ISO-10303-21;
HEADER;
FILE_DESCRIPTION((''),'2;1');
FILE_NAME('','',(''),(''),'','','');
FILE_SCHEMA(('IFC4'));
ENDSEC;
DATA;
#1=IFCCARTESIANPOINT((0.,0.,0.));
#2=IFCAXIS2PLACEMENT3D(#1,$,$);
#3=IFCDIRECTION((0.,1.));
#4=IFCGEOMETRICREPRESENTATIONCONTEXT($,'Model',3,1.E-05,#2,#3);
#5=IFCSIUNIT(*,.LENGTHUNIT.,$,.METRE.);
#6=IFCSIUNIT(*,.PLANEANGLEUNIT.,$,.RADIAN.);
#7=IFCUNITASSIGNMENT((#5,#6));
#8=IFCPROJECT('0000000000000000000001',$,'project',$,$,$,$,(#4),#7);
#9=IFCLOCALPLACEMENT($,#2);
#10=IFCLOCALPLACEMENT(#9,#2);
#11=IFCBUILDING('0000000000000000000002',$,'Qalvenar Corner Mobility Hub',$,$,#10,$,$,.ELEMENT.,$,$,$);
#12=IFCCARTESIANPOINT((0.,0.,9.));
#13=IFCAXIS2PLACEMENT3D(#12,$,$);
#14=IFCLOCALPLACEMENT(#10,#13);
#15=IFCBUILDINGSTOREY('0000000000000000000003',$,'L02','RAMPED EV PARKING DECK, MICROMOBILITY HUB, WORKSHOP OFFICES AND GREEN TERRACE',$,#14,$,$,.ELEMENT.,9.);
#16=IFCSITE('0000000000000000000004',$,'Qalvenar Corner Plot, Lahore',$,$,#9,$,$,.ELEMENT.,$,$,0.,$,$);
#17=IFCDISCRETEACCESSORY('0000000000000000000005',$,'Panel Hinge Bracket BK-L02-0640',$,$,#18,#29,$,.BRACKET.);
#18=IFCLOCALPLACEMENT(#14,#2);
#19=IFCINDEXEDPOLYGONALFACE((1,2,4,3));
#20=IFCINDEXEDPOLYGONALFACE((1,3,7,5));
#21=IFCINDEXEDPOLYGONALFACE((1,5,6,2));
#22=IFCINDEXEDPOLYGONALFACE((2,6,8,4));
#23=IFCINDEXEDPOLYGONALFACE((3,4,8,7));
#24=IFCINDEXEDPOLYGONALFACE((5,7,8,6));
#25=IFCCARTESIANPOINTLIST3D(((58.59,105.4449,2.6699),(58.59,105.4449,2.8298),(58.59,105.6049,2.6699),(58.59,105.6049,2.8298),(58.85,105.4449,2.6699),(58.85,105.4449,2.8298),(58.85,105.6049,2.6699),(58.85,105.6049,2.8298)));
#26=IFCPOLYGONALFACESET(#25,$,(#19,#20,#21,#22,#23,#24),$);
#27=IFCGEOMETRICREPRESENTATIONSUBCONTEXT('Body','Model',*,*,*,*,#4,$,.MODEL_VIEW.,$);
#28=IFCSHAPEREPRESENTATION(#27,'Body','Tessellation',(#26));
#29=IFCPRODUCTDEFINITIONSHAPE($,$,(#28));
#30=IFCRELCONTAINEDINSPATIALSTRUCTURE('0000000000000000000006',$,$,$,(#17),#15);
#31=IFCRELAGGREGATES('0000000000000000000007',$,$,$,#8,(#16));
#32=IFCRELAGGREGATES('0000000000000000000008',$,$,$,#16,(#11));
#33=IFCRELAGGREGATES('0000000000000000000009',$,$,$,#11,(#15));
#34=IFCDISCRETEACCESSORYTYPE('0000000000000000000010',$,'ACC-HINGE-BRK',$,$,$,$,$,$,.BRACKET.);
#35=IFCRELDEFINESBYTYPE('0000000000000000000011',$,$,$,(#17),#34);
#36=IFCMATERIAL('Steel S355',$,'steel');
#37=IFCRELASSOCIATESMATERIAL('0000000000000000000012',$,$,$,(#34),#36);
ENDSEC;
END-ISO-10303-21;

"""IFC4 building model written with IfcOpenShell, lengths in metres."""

from ifc_helpers import new_model, si_unit, direction, frame, origin, origin_2d, place, context, subcontext, project, spatial, rectangle, extrude, material, type_object, element, save


model = new_model("IFC4")

# Units and contexts
model_context = context("Model", 3, precision=1e-05, world=origin(), true_north=direction((0.0, 1.0)))
body_context = subcontext(model_context, "Body", "Model", "MODEL_VIEW")
ifc_project = project(units=[si_unit("LENGTHUNIT", "METRE"), si_unit("PLANEANGLEUNIT", "RADIAN")], contexts=[model_context])

# Site, building, storey
site_placement = place(None, origin())
site = spatial("IfcSite", under=ifc_project, at=site_placement, Name="Qalvenar Corner Plot, Lahore", CompositionType="ELEMENT", RefElevation=0.0)
building_placement = place(site_placement, origin())
building = spatial("IfcBuilding", under=site, at=building_placement, Name="Qalvenar Corner Mobility Hub", CompositionType="ELEMENT")
storey_placement = place(building_placement, frame((0.0, 0.0, 9.0)))
storey = spatial("IfcBuildingStorey", under=building, at=storey_placement, Name="L02", Description="RAMPED EV PARKING DECK, MICROMOBILITY HUB, WORKSHOP OFFICES AND GREEN TERRACE", CompositionType="ELEMENT", Elevation=9.0)

# Shared definitions
ifc_material = material(Name="Steel S355", Category="steel")

# Discrete accessory
discrete_accessory_type = type_object("IfcDiscreteAccessoryType", Name="ACC-HINGE-BRK", PredefinedType="BRACKET", material=ifc_material)
for number, where, z_axis, x_axis, name in (
    (1, (58.72, 105.5249, 2.6699), (0.0, 0.0, 1.0), (0.0, -1.0, 0.0), "Panel Hinge Bracket BK-L02-0640"),
):
    element("IfcDiscreteAccessory", number, at=place(storey_placement, frame(where, z_axis=z_axis, x_axis=x_axis)), inside=storey, type_object=discrete_accessory_type, Name=name, PredefinedType="BRACKET", context=body_context, shape_type="SweptSolid", body=[
        extrude(rectangle(XDim=0.1599, YDim=0.26, at=origin_2d()), origin(), (0.0, 0.0, 1.0), 0.1599),
    ])

save(model, "model.ifc")
